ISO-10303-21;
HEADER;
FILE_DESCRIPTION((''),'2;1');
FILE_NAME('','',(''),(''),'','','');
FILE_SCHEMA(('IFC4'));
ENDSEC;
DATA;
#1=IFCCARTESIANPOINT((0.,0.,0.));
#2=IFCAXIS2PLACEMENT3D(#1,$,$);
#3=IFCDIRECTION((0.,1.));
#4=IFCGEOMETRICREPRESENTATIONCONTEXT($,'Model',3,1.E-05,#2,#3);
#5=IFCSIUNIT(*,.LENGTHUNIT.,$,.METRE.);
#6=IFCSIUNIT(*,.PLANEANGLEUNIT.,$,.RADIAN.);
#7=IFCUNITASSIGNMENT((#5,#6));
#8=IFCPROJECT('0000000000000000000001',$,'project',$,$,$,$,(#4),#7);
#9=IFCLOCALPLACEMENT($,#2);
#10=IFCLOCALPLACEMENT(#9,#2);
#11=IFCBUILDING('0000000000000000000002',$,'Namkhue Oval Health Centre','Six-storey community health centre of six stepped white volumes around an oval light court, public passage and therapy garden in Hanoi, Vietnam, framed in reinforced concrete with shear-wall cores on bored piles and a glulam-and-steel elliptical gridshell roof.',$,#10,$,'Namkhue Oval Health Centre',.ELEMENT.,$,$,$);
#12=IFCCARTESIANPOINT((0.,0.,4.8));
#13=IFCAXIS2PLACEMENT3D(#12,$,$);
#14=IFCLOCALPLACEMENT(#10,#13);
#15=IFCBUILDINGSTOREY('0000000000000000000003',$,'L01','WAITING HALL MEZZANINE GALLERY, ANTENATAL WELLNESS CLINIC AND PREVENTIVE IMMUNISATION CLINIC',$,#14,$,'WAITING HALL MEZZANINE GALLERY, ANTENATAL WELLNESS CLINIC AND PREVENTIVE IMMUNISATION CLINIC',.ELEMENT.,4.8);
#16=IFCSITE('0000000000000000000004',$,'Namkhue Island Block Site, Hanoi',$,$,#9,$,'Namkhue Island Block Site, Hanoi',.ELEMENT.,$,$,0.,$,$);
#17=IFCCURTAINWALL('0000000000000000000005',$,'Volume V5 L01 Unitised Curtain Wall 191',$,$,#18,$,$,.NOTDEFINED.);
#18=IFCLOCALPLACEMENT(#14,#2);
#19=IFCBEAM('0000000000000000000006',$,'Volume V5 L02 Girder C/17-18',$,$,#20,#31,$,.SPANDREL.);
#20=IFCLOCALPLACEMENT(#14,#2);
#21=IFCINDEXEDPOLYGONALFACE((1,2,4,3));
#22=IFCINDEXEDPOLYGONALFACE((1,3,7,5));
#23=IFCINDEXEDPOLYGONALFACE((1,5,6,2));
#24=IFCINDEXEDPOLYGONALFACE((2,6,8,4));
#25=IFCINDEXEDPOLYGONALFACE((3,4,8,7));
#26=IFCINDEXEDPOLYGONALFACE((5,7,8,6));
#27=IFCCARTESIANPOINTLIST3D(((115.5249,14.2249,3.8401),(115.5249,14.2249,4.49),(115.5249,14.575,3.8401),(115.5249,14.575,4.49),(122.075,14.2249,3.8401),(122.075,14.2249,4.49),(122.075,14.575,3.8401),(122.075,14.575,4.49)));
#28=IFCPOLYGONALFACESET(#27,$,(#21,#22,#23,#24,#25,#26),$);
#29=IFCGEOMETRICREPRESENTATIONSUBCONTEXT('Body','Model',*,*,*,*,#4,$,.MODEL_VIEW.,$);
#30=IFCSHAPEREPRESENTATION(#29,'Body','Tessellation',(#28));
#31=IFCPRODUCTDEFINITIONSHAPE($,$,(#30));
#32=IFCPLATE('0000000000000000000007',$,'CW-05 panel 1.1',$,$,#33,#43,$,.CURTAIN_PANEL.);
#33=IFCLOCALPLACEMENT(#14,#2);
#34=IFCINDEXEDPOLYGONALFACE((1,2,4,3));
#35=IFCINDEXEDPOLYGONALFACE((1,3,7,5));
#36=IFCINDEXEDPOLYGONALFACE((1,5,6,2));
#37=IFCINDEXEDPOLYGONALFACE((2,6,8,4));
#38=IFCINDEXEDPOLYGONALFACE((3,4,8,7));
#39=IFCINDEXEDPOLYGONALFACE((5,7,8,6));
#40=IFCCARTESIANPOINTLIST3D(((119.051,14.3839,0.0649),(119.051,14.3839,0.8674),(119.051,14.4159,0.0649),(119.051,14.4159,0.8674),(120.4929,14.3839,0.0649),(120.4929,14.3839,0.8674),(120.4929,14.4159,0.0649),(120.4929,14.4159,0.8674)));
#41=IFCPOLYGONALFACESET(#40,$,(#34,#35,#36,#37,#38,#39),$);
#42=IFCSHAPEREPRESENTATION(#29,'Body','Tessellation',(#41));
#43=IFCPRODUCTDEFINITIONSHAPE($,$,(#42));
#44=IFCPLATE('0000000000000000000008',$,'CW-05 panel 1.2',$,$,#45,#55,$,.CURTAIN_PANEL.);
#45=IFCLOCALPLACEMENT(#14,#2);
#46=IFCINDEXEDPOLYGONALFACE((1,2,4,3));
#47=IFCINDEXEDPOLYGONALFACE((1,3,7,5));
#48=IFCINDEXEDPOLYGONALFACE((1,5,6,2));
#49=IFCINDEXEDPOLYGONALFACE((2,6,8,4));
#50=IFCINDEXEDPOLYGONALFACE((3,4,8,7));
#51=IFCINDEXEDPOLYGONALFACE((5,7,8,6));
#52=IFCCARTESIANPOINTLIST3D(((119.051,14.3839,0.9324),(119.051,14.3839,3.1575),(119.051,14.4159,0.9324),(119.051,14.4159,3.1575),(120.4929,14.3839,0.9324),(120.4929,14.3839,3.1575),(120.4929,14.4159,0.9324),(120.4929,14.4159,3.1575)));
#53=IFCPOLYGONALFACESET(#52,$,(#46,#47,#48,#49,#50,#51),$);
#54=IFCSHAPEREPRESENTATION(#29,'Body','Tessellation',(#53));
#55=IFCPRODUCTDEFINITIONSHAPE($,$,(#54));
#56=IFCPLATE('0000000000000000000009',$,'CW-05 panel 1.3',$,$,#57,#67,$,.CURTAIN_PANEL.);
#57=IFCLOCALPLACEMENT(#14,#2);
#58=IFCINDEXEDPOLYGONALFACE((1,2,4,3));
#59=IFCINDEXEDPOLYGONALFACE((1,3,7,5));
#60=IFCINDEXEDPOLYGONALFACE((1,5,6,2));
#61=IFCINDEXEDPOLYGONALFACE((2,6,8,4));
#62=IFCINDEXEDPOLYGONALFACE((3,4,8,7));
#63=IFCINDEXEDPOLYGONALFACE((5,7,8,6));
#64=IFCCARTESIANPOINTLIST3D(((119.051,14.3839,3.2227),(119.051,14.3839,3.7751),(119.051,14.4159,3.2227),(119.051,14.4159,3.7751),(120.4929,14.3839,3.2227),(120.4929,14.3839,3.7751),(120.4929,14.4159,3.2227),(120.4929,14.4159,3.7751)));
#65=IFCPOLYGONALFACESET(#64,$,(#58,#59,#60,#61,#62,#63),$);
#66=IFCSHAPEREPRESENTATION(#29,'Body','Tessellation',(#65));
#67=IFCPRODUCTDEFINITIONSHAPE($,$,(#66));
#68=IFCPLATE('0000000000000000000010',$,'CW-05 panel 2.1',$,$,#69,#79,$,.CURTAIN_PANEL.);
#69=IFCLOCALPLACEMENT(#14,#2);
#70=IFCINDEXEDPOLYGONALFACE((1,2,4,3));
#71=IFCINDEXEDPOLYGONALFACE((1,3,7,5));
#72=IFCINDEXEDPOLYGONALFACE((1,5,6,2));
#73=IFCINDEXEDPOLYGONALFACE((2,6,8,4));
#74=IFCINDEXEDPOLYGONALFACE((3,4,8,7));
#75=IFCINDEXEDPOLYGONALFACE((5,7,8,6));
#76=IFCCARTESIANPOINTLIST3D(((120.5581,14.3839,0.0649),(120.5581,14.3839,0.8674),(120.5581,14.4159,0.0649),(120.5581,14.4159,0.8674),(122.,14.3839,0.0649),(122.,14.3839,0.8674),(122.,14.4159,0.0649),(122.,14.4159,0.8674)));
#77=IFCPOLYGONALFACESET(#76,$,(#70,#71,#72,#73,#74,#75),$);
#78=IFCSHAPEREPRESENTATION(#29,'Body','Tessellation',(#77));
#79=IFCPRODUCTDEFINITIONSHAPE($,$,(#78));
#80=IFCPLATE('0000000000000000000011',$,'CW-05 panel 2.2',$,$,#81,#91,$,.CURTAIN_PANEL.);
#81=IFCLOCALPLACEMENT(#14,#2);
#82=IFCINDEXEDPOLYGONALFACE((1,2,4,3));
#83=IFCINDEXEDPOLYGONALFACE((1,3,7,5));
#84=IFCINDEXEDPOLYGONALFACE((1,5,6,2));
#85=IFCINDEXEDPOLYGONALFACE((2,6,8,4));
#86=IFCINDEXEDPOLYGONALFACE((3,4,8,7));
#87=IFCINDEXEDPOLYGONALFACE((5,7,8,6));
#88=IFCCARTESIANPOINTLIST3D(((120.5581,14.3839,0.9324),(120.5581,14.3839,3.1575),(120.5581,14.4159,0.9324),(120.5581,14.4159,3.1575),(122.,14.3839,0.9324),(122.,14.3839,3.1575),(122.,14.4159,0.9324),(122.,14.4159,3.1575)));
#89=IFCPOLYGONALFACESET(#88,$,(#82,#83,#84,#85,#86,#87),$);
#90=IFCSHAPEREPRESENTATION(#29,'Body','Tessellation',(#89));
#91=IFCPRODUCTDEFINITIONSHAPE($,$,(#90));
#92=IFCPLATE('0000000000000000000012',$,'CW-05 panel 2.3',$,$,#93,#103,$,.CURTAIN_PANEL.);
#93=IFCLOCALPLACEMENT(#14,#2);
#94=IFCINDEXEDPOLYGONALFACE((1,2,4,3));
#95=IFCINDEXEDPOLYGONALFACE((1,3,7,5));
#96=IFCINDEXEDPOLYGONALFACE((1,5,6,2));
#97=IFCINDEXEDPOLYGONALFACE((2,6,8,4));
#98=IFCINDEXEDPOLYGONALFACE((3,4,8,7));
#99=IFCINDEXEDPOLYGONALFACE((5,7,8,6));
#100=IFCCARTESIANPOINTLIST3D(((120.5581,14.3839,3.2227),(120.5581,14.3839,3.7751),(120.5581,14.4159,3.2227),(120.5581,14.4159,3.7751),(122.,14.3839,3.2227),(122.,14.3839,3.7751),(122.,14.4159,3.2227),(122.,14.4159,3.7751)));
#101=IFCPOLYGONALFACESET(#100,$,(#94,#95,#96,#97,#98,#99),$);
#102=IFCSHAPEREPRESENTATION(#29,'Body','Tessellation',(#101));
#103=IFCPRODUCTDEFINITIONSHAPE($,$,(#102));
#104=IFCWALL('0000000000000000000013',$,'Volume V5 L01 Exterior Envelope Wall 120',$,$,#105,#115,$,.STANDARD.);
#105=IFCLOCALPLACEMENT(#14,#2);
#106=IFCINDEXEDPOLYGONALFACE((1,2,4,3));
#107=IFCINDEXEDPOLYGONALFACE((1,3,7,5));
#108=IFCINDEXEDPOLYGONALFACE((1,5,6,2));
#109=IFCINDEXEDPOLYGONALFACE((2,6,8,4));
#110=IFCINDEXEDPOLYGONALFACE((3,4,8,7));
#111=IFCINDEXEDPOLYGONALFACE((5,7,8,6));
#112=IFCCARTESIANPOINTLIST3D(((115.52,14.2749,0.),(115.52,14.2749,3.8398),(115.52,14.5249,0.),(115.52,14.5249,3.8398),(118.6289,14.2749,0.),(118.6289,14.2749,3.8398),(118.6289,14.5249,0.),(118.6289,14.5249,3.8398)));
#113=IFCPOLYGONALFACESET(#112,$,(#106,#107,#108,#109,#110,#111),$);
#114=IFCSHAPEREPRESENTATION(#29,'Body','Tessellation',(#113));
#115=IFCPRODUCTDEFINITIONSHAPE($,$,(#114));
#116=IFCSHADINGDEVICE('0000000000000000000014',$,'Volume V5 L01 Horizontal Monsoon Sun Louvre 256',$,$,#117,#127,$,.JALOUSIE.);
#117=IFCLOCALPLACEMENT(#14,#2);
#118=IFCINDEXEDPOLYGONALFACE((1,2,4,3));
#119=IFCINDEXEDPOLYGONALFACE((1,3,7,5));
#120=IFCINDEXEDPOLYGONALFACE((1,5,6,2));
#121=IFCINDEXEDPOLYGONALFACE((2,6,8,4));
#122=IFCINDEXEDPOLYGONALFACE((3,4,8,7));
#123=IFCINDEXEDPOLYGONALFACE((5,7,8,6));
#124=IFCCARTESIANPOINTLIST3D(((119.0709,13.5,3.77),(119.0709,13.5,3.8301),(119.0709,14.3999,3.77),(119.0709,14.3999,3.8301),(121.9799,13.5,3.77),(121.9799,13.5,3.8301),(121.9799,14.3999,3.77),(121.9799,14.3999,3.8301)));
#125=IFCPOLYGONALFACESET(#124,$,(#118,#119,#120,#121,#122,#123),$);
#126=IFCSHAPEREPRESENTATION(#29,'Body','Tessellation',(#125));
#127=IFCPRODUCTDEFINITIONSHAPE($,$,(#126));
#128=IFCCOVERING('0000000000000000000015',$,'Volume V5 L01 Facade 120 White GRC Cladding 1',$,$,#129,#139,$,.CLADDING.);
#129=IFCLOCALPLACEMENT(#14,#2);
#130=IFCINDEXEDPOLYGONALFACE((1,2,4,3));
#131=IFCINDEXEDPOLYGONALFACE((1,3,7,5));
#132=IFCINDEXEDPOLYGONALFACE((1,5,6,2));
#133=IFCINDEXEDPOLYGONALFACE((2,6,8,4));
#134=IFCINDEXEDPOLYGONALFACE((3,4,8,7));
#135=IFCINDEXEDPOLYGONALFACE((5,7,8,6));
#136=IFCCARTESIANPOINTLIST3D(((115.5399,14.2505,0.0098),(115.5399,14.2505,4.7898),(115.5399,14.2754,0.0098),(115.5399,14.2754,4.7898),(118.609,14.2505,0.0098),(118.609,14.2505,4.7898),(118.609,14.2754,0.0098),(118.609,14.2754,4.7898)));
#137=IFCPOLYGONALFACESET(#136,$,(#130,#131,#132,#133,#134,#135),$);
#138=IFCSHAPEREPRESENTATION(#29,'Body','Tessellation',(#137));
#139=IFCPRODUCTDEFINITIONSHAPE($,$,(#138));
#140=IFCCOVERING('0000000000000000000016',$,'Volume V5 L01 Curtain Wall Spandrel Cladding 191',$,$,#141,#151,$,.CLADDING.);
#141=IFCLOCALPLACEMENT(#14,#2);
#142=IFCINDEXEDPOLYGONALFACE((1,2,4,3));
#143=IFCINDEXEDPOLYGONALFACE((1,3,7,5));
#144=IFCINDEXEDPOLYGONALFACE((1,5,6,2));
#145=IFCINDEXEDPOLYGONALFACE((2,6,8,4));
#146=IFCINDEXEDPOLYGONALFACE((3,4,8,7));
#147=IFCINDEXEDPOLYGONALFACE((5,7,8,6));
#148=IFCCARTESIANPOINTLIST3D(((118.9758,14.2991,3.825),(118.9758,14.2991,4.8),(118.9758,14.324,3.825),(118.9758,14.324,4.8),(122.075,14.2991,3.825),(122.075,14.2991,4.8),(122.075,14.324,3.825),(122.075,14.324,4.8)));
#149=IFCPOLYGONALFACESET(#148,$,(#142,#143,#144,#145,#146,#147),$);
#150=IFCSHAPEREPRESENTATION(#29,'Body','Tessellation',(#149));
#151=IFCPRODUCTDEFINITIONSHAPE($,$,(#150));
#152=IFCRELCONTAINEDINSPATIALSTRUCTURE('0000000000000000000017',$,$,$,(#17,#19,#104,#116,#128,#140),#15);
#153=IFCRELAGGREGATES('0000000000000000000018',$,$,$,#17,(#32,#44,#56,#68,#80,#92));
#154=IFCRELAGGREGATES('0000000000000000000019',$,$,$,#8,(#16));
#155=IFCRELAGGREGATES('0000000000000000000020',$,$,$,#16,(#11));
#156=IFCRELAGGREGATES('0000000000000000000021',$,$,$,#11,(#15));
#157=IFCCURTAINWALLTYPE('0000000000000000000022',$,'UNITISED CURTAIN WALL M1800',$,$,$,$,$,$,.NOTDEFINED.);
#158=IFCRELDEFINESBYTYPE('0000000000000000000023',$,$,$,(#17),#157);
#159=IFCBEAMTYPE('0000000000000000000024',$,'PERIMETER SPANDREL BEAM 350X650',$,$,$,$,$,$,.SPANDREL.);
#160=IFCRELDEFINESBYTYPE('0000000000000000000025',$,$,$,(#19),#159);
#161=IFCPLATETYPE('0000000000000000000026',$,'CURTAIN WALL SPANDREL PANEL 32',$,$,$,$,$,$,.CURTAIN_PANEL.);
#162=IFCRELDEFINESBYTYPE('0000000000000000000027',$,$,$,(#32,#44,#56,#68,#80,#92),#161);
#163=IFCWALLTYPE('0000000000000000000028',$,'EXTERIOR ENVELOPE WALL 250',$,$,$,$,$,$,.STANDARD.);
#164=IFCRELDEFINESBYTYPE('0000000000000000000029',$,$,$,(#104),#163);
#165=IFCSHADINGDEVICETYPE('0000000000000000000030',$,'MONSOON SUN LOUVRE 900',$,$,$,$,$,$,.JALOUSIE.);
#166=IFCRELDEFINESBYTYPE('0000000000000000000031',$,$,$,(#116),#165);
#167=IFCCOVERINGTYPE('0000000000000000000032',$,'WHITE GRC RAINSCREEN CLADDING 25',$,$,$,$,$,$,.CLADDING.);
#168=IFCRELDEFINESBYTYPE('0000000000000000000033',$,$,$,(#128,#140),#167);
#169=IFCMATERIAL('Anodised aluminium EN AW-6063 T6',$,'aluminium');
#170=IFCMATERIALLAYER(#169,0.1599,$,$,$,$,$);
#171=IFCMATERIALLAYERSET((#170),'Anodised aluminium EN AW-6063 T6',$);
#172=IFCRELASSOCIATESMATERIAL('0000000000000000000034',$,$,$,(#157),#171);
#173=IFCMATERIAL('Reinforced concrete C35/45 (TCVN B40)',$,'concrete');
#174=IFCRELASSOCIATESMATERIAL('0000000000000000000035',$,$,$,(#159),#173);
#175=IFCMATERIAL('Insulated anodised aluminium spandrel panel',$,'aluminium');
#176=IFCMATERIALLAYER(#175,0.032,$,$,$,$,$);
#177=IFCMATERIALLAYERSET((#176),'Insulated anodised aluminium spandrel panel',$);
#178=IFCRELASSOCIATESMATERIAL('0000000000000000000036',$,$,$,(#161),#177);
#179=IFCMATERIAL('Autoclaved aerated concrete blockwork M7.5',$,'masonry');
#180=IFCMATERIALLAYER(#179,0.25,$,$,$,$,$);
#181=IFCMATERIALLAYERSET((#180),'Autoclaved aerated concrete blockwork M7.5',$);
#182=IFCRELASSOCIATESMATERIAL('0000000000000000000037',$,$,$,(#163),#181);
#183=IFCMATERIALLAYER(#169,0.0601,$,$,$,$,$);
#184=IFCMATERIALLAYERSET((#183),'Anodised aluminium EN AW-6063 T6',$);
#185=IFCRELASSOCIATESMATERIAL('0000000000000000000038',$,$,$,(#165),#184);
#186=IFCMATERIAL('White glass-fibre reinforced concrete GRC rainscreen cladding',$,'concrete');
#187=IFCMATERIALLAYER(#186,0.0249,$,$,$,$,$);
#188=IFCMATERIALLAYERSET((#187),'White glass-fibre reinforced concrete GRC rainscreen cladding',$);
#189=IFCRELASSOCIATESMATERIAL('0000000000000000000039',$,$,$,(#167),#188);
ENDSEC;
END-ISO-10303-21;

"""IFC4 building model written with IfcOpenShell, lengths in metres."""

from ifc_helpers import new_model, si_unit, direction, frame, frame_2d, origin, origin_2d, place, context, subcontext, project, spatial, rectangle, extrude, material, layer, layer_set, material_profile, profile_set, type_object, element, aggregate, save


model = new_model("IFC4")

# Units and contexts
model_context = context("Model", 3, precision=1e-05, world=origin(), true_north=direction((0.0, 1.0)))
body_context = subcontext(model_context, "Body", "Model", "MODEL_VIEW")
ifc_project = project(units=[si_unit("LENGTHUNIT", "METRE"), si_unit("PLANEANGLEUNIT", "RADIAN")], contexts=[model_context])

# Site, building, storey
site_placement = place(None, origin())
site = spatial("IfcSite", under=ifc_project, at=site_placement, Name="Namkhue Island Block Site, Hanoi", LongName="Namkhue Island Block Site, Hanoi", CompositionType="ELEMENT", RefElevation=0.0)
building_placement = place(site_placement, origin())
building = spatial("IfcBuilding", under=site, at=building_placement, Name="Namkhue Oval Health Centre", Description="Six-storey community health centre of six stepped white volumes around an oval light court, public passage and therapy garden in Hanoi, Vietnam, framed in reinforced concrete with shear-wall cores on bored piles and a glulam-and-steel elliptical gridshell roof.", LongName="Namkhue Oval Health Centre", CompositionType="ELEMENT")
storey_placement = place(building_placement, frame((0.0, 0.0, 4.8)))
storey = spatial("IfcBuildingStorey", under=building, at=storey_placement, Name="L01", Description="WAITING HALL MEZZANINE GALLERY, ANTENATAL WELLNESS CLINIC AND PREVENTIVE IMMUNISATION CLINIC", LongName="WAITING HALL MEZZANINE GALLERY, ANTENATAL WELLNESS CLINIC AND PREVENTIVE IMMUNISATION CLINIC", CompositionType="ELEMENT", Elevation=4.8)

# Shared definitions
ifc_material_1 = material(Name="Reinforced concrete C35/45 (TCVN B40)", Category="concrete")

# Curtain wall
ifc_material_2 = material(Name="Anodised aluminium EN AW-6063 T6", Category="aluminium")
ifc_layer_1 = layer(ifc_material_2, 0.1599)
ifc_layer_set_1 = layer_set([ifc_layer_1], Name="Anodised aluminium EN AW-6063 T6")
curtain_wall_type = type_object("IfcCurtainWallType", Name="UNITISED CURTAIN WALL M1800", PredefinedType="NOTDEFINED", material=ifc_layer_set_1)
curtain_wall_placement = place(storey_placement, origin())
curtain_wall = element("IfcCurtainWall", 1, at=curtain_wall_placement, inside=storey, type_object=curtain_wall_type, Name="Volume V5 L01 Unitised Curtain Wall 191", PredefinedType="NOTDEFINED")

# Beam
ifc_material_profile_1 = material_profile(ifc_material_1, rectangle(XDim=0.3501, YDim=0.6499, at=origin_2d()), Name="RC 350x650")
ifc_profile_set_1 = profile_set([ifc_material_profile_1], Name="Reinforced concrete C35/45 (TCVN B40)")
beam_type = type_object("IfcBeamType", Name="PERIMETER SPANDREL BEAM 350X650", PredefinedType="SPANDREL", material=ifc_profile_set_1)
beam_placement = place(storey_placement, frame((115.5249, 14.3999, 4.165), z_axis=(1.0, 0.0, 0.0), x_axis=(0.0, 1.0, 0.0)))
element("IfcBeam", 2, at=beam_placement, inside=storey, type_object=beam_type, Name="Volume V5 L02 Girder C/17-18", PredefinedType="SPANDREL", context=body_context, shape_type="SweptSolid", body=[
    extrude(rectangle(XDim=0.3501, YDim=0.6499, at=origin_2d()), origin(), (0.0, 0.0, 1.0), 6.55),
])

# Plates
ifc_material_3 = material(Name="Insulated anodised aluminium spandrel panel", Category="aluminium")
ifc_layer_2 = layer(ifc_material_3, 0.032)
ifc_layer_set_2 = layer_set([ifc_layer_2], Name="Insulated anodised aluminium spandrel panel")
plate_type = type_object("IfcPlateType", Name="CURTAIN WALL SPANDREL PANEL 32", PredefinedType="CURTAIN_PANEL", material=ifc_layer_set_2)
plate_1_placement = place(storey_placement, frame((119.772, 14.3999, 0.0649), z_axis=(0.0, 0.0, 1.0), x_axis=(1.0, 0.0, 0.0)))
plate_1 = element("IfcPlate", 3, at=plate_1_placement, type_object=plate_type, Name="CW-05 panel 1.1", PredefinedType="CURTAIN_PANEL", context=body_context, shape_type="SweptSolid", body=[
    extrude(rectangle(XDim=1.4419, YDim=0.032, at=origin_2d()), origin(), (0.0, 0.0, 1.0), 0.8025),
])
plate_2_placement = place(storey_placement, frame((119.772, 14.3999, 0.9324), z_axis=(0.0, 0.0, 1.0), x_axis=(1.0, 0.0, 0.0)))
plate_2 = element("IfcPlate", 4, at=plate_2_placement, type_object=plate_type, Name="CW-05 panel 1.2", PredefinedType="CURTAIN_PANEL", context=body_context, shape_type="SweptSolid", body=[
    extrude(rectangle(XDim=1.4419, YDim=0.032, at=origin_2d()), origin(), (0.0, 0.0, 1.0), 2.2251),
])
plate_3_placement = place(storey_placement, frame((119.772, 14.3999, 3.2227), z_axis=(0.0, 0.0, 1.0), x_axis=(1.0, 0.0, 0.0)))
plate_3 = element("IfcPlate", 5, at=plate_3_placement, type_object=plate_type, Name="CW-05 panel 1.3", PredefinedType="CURTAIN_PANEL", context=body_context, shape_type="SweptSolid", body=[
    extrude(rectangle(XDim=1.4419, YDim=0.032, at=origin_2d()), origin(), (0.0, 0.0, 1.0), 0.5525),
])
plate_4_placement = place(storey_placement, frame((121.2791, 14.3999, 0.0649), z_axis=(0.0, 0.0, 1.0), x_axis=(1.0, 0.0, 0.0)))
plate_4 = element("IfcPlate", 6, at=plate_4_placement, type_object=plate_type, Name="CW-05 panel 2.1", PredefinedType="CURTAIN_PANEL", context=body_context, shape_type="SweptSolid", body=[
    extrude(rectangle(XDim=1.4419, YDim=0.032, at=origin_2d()), origin(), (0.0, 0.0, 1.0), 0.8025),
])
plate_5_placement = place(storey_placement, frame((121.2791, 14.3999, 0.9324), z_axis=(0.0, 0.0, 1.0), x_axis=(1.0, 0.0, 0.0)))
plate_5 = element("IfcPlate", 7, at=plate_5_placement, type_object=plate_type, Name="CW-05 panel 2.2", PredefinedType="CURTAIN_PANEL", context=body_context, shape_type="SweptSolid", body=[
    extrude(rectangle(XDim=1.4419, YDim=0.032, at=origin_2d()), origin(), (0.0, 0.0, 1.0), 2.2251),
])
plate_6_placement = place(storey_placement, frame((121.2791, 14.3999, 3.2227), z_axis=(0.0, 0.0, 1.0), x_axis=(1.0, 0.0, 0.0)))
plate_6 = element("IfcPlate", 8, at=plate_6_placement, type_object=plate_type, Name="CW-05 panel 2.3", PredefinedType="CURTAIN_PANEL", context=body_context, shape_type="SweptSolid", body=[
    extrude(rectangle(XDim=1.4419, YDim=0.032, at=origin_2d()), origin(), (0.0, 0.0, 1.0), 0.5525),
])
aggregate(curtain_wall, [plate_1, plate_2, plate_3, plate_4, plate_5, plate_6])

# Wall
ifc_material_4 = material(Name="Autoclaved aerated concrete blockwork M7.5", Category="masonry")
ifc_layer_3 = layer(ifc_material_4, 0.25)
ifc_layer_set_3 = layer_set([ifc_layer_3], Name="Autoclaved aerated concrete blockwork M7.5")
wall_type = type_object("IfcWallType", Name="EXTERIOR ENVELOPE WALL 250", PredefinedType="STANDARD", material=ifc_layer_set_3)
wall_placement = place(storey_placement, frame((115.52, 14.3999, 0.0), z_axis=(0.0, 0.0, 1.0), x_axis=(1.0, 0.0, 0.0)))
element("IfcWall", 9, at=wall_placement, inside=storey, type_object=wall_type, Name="Volume V5 L01 Exterior Envelope Wall 120", PredefinedType="STANDARD", context=body_context, shape_type="SweptSolid", body=[
    extrude(rectangle(XDim=3.1089, YDim=0.25, at=frame_2d((1.5544, 0.0))), origin(), (0.0, 0.0, 1.0), 3.8398),
])

# Shading device
ifc_layer_4 = layer(ifc_material_2, 0.0601)
ifc_layer_set_4 = layer_set([ifc_layer_4], Name="Anodised aluminium EN AW-6063 T6")
shading_device_type = type_object("IfcShadingDeviceType", Name="MONSOON SUN LOUVRE 900", PredefinedType="JALOUSIE", material=ifc_layer_set_4)
shading_device_placement = place(storey_placement, frame((120.5254, 13.95, 3.77), z_axis=(0.0, 0.0, 1.0), x_axis=(1.0, 0.0, 0.0)))
element("IfcShadingDevice", 10, at=shading_device_placement, inside=storey, type_object=shading_device_type, Name="Volume V5 L01 Horizontal Monsoon Sun Louvre 256", PredefinedType="JALOUSIE", context=body_context, shape_type="SweptSolid", body=[
    extrude(rectangle(XDim=2.9089, YDim=0.8999, at=origin_2d()), origin(), (0.0, 0.0, 1.0), 0.0601),
])

# Coverings
ifc_material_5 = material(Name="White glass-fibre reinforced concrete GRC rainscreen cladding", Category="concrete")
ifc_layer_5 = layer(ifc_material_5, 0.0249)
ifc_layer_set_5 = layer_set([ifc_layer_5], Name="White glass-fibre reinforced concrete GRC rainscreen cladding")
covering_type = type_object("IfcCoveringType", Name="WHITE GRC RAINSCREEN CLADDING 25", PredefinedType="CLADDING", material=ifc_layer_set_5)
covering_1_placement = place(storey_placement, frame((117.0745, 14.2629, 0.0098), z_axis=(0.0, 0.0, 1.0), x_axis=(1.0, 0.0, 0.0)))
element("IfcCovering", 11, at=covering_1_placement, inside=storey, type_object=covering_type, Name="Volume V5 L01 Facade 120 White GRC Cladding 1", PredefinedType="CLADDING", context=body_context, shape_type="SweptSolid", body=[
    extrude(rectangle(XDim=3.0691, YDim=0.0249, at=origin_2d()), origin(), (0.0, 0.0, 1.0), 4.78),
])
covering_2_placement = place(storey_placement, frame((120.5254, 14.3115, 3.825), z_axis=(0.0, 0.0, 1.0), x_axis=(1.0, 0.0, 0.0)))
element("IfcCovering", 12, at=covering_2_placement, inside=storey, type_object=covering_type, Name="Volume V5 L01 Curtain Wall Spandrel Cladding 191", PredefinedType="CLADDING", context=body_context, shape_type="SweptSolid", body=[
    extrude(rectangle(XDim=3.0991, YDim=0.0249, at=origin_2d()), origin(), (0.0, 0.0, 1.0), 0.9751),
])

save(model, "model.ifc")
